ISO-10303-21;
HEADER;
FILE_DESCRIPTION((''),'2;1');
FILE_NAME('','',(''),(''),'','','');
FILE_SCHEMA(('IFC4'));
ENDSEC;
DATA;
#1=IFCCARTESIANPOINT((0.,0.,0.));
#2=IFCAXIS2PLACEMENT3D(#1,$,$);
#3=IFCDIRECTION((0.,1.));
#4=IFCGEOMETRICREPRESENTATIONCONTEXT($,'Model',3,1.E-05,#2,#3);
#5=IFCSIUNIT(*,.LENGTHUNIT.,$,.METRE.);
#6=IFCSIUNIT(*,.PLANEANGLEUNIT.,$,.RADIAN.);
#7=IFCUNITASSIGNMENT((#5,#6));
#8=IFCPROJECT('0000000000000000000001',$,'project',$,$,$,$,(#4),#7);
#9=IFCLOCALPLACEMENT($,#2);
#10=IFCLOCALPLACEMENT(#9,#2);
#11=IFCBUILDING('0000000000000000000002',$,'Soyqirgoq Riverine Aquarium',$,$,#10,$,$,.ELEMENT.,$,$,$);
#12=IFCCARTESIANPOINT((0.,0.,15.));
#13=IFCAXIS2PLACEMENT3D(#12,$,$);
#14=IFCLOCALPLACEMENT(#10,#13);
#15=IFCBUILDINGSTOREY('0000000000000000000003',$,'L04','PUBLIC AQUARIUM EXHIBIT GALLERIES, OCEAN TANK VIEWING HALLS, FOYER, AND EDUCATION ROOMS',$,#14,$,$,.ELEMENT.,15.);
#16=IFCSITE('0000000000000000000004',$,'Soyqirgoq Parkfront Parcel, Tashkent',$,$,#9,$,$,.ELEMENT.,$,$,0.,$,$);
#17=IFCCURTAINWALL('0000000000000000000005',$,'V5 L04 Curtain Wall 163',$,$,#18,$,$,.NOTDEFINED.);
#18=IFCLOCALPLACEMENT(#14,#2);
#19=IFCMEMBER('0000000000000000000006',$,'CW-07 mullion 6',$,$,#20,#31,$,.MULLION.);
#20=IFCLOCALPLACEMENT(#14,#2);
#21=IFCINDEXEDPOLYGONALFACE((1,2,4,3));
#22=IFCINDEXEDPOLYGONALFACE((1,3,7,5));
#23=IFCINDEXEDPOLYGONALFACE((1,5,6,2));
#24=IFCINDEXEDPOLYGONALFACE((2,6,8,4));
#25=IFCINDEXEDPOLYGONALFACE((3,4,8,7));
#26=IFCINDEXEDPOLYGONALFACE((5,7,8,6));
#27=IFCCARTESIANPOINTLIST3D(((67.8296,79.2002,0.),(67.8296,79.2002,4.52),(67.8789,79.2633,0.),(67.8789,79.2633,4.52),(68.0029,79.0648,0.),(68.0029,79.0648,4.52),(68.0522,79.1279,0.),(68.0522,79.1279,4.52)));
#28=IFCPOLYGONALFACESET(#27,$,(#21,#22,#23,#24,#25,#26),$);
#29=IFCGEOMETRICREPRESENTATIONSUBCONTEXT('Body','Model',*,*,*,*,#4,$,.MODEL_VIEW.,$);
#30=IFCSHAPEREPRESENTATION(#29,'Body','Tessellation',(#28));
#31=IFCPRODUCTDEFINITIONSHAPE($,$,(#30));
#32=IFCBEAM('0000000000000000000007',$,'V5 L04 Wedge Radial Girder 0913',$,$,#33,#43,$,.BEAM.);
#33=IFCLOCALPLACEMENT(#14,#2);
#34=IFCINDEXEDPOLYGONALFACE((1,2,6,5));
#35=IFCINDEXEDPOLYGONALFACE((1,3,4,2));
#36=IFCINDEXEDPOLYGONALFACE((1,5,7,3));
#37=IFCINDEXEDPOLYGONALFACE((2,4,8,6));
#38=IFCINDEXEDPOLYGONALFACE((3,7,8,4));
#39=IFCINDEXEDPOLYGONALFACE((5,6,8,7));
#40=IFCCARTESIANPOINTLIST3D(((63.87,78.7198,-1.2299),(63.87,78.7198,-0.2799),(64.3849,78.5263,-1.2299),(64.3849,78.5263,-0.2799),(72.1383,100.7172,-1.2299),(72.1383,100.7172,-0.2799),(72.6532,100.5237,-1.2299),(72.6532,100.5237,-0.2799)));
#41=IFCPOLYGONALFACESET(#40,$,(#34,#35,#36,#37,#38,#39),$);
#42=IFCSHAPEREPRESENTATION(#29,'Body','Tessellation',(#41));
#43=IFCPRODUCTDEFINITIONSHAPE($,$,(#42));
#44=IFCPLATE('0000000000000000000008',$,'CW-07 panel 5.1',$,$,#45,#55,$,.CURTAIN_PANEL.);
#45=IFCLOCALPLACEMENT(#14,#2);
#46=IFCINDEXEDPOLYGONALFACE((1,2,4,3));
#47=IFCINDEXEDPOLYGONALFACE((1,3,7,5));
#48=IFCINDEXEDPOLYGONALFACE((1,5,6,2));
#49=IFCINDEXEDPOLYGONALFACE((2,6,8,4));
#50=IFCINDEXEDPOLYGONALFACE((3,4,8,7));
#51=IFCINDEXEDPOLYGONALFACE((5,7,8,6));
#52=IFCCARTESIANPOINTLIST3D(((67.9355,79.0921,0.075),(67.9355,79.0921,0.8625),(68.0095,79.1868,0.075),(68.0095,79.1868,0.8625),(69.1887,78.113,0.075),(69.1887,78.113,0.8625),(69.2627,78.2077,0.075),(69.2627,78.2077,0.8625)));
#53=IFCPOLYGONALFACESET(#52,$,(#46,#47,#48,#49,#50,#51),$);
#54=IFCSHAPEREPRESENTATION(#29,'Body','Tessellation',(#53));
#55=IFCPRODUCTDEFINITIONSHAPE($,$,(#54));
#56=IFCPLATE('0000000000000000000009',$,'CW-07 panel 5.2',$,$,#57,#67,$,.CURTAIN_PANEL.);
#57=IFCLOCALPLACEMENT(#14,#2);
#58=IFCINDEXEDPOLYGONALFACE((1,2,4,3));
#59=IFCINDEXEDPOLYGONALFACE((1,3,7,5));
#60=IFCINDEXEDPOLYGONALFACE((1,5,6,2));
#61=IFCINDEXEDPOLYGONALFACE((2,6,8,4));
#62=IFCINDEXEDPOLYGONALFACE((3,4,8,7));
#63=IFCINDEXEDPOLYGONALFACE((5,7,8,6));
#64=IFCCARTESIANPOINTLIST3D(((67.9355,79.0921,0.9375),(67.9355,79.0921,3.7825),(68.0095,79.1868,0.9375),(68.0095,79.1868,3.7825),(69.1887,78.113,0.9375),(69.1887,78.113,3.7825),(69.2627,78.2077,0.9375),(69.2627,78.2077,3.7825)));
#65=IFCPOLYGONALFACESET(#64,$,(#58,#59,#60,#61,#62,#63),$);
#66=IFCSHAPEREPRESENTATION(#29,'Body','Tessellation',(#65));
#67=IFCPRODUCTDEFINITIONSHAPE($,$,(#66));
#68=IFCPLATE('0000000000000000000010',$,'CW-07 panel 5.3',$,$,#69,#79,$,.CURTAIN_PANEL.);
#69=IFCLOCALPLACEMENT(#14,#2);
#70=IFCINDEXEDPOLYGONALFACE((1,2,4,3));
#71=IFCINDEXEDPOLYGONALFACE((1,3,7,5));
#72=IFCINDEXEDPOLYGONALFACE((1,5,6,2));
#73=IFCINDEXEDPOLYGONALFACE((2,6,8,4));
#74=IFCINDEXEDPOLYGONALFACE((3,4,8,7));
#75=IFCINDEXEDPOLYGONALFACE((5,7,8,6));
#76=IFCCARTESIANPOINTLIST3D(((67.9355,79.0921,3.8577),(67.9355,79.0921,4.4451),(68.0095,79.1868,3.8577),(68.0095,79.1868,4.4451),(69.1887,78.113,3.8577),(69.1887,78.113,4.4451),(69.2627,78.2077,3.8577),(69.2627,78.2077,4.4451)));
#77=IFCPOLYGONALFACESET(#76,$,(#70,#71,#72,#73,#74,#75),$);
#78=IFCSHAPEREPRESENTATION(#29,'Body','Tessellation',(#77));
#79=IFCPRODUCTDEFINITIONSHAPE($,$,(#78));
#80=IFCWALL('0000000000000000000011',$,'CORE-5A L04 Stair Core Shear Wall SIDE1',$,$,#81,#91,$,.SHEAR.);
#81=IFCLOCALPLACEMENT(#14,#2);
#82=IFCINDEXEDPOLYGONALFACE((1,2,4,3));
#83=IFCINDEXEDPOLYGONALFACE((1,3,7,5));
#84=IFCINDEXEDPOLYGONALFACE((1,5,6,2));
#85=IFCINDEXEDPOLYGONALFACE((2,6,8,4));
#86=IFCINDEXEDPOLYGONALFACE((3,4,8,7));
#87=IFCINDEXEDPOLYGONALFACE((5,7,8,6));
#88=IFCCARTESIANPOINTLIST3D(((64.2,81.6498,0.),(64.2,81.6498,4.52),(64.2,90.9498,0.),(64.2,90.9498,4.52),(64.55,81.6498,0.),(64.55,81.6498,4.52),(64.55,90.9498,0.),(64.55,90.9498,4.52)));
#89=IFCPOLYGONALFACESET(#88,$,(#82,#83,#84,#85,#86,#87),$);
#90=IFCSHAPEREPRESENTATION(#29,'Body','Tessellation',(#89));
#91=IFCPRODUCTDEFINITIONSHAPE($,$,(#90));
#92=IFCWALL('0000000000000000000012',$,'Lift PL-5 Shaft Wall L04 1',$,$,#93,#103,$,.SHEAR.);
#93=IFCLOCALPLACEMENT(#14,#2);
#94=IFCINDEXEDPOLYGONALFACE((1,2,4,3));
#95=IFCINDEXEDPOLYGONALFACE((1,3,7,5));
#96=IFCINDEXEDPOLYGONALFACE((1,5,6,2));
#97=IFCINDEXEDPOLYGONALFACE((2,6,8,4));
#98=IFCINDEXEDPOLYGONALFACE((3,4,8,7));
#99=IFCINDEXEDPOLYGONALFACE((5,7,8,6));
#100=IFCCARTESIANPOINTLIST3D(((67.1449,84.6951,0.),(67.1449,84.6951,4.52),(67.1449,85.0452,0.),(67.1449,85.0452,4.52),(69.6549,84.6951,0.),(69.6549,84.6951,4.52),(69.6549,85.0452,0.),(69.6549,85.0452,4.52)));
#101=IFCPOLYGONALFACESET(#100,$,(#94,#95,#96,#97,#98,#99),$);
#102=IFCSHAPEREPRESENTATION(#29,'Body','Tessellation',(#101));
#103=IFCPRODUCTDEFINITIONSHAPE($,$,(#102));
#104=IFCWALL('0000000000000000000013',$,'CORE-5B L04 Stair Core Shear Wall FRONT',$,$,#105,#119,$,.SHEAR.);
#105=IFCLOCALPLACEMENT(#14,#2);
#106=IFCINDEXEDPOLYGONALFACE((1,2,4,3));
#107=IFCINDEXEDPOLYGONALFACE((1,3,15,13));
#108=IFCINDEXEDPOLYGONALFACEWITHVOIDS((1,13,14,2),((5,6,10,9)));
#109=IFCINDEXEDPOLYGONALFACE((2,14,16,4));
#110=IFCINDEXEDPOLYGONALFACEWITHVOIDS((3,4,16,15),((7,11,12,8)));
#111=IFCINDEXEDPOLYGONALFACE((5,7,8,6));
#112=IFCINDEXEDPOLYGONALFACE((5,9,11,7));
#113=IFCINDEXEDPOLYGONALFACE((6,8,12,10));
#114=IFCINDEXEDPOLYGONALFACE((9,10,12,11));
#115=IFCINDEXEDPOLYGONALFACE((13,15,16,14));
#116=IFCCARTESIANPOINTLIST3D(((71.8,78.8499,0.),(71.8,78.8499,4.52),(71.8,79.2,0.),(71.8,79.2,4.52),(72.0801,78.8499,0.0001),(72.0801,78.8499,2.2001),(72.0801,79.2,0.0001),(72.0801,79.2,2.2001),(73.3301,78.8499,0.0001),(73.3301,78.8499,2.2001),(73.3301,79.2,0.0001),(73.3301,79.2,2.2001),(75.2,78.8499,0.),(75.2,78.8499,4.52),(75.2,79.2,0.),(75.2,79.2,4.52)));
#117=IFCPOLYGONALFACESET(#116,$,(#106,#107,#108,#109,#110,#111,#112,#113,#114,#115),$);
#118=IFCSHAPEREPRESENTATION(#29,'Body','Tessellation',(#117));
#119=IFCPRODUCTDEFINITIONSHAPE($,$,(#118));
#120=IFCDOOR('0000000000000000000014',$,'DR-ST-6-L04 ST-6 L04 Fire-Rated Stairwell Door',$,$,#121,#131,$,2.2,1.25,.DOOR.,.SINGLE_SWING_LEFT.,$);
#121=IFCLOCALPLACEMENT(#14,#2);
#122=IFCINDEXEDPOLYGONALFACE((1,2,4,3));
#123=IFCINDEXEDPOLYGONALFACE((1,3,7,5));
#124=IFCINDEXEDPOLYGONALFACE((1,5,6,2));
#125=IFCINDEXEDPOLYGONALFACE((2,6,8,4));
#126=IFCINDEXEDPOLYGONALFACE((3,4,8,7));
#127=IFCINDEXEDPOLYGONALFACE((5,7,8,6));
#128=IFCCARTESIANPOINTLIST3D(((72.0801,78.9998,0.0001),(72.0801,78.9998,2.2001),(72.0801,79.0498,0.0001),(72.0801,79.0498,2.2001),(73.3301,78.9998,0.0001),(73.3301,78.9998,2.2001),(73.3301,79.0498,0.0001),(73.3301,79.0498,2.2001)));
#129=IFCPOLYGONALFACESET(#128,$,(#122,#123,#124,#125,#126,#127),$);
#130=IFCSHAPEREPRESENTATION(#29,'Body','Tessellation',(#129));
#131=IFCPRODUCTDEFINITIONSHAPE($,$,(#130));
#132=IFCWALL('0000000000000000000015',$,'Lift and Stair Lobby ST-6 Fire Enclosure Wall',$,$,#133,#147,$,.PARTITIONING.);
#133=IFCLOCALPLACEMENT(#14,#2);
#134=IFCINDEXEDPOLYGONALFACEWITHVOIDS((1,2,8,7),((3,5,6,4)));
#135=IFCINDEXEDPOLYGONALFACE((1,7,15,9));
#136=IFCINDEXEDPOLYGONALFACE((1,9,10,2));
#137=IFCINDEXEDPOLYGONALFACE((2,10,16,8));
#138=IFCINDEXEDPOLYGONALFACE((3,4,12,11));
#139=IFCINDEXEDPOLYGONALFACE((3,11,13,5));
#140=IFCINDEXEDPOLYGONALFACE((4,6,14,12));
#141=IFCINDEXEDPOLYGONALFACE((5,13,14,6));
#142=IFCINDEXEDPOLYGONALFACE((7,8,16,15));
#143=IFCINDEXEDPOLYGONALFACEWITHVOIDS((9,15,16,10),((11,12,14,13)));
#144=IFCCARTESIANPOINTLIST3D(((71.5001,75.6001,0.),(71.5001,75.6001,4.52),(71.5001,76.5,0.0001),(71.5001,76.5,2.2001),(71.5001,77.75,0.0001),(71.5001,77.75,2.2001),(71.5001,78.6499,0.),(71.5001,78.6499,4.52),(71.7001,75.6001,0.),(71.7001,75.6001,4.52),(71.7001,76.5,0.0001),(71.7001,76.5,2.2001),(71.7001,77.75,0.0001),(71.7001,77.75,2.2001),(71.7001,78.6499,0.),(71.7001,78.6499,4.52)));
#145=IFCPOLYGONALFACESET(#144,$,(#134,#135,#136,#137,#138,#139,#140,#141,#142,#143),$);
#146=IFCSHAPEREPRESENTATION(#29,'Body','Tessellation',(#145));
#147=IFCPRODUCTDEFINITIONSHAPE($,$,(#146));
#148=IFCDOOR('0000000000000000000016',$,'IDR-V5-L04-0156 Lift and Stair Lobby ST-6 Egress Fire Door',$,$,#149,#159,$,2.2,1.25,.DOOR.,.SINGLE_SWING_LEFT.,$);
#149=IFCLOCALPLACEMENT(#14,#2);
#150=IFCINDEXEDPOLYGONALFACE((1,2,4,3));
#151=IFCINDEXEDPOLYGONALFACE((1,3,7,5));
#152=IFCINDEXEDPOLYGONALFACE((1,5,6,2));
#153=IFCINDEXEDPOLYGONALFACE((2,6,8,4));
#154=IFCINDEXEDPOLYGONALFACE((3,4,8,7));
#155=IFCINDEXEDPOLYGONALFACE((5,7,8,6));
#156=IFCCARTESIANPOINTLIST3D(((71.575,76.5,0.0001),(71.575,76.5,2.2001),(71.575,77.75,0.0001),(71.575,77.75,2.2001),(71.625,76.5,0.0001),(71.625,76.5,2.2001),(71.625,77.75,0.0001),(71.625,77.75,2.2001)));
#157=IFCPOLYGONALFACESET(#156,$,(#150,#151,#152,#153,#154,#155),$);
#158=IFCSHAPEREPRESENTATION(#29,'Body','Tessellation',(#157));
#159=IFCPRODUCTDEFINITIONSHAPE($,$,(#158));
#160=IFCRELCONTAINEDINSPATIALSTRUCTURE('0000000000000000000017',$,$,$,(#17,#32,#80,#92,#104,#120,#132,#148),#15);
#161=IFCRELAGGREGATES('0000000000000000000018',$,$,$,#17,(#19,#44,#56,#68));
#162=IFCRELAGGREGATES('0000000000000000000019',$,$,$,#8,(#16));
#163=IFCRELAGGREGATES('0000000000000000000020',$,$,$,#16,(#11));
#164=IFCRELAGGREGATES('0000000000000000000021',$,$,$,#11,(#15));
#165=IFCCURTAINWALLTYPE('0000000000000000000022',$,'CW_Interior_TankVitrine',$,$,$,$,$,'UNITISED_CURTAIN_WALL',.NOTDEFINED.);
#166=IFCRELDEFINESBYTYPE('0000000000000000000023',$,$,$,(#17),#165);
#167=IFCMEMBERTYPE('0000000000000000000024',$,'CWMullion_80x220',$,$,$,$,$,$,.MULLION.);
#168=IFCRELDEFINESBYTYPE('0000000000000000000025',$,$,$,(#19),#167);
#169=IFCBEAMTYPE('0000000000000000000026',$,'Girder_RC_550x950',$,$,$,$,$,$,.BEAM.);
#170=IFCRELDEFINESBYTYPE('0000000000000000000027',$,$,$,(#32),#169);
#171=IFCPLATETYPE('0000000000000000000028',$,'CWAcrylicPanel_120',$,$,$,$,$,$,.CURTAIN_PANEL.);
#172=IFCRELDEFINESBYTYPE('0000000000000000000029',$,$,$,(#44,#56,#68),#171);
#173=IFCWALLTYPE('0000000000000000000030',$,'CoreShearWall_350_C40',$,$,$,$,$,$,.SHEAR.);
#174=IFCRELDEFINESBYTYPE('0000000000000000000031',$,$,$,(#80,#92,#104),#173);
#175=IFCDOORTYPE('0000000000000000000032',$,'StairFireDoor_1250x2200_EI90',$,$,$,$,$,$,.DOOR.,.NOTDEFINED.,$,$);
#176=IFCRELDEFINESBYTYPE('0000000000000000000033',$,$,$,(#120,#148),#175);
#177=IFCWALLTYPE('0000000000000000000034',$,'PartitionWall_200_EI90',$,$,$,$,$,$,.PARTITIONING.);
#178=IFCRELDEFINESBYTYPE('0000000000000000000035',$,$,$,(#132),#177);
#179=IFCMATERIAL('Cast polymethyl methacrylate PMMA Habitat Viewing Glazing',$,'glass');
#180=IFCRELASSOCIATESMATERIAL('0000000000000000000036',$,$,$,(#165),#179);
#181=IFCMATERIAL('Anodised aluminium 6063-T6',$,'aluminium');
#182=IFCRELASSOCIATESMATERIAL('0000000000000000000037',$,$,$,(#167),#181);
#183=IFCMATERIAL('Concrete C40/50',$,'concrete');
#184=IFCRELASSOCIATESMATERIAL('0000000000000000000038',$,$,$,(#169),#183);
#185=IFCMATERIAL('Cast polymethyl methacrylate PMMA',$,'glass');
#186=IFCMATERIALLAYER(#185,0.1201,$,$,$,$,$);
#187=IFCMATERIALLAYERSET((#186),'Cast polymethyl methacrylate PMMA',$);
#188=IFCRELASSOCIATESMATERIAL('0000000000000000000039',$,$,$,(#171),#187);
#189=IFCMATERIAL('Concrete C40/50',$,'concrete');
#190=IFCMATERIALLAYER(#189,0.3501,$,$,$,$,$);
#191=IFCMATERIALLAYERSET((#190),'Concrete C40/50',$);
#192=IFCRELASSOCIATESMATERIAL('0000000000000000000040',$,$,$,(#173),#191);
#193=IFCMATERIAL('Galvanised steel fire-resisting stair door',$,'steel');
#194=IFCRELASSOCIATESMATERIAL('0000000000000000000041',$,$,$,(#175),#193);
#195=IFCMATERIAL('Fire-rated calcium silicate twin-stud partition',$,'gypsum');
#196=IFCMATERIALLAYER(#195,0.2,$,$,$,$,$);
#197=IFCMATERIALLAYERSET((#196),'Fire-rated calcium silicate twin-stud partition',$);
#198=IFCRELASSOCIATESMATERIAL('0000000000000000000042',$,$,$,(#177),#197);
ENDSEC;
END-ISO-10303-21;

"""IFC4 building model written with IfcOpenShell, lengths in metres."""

from ifc_helpers import new_model, si_unit, direction, frame, frame_2d, origin, origin_2d, place, context, subcontext, project, spatial, rectangle, extrude, material, layer, layer_set, material_profile, profile_set, type_object, element, fill, aggregate, save


model = new_model("IFC4")

# Units and contexts
model_context = context("Model", 3, precision=1e-05, world=origin(), true_north=direction((0.0, 1.0)))
body_context = subcontext(model_context, "Body", "Model", "MODEL_VIEW")
ifc_project = project(units=[si_unit("LENGTHUNIT", "METRE"), si_unit("PLANEANGLEUNIT", "RADIAN")], contexts=[model_context])

# Site, building, storey
site_placement = place(None, origin())
site = spatial("IfcSite", under=ifc_project, at=site_placement, Name="Soyqirgoq Parkfront Parcel, Tashkent", CompositionType="ELEMENT", RefElevation=0.0)
building_placement = place(site_placement, origin())
building = spatial("IfcBuilding", under=site, at=building_placement, Name="Soyqirgoq Riverine Aquarium", CompositionType="ELEMENT")
storey_placement = place(building_placement, frame((0.0, 0.0, 15.0)))
storey = spatial("IfcBuildingStorey", under=building, at=storey_placement, Name="L04", Description="PUBLIC AQUARIUM EXHIBIT GALLERIES, OCEAN TANK VIEWING HALLS, FOYER, AND EDUCATION ROOMS", CompositionType="ELEMENT", Elevation=15.0)

# Curtain wall, member
ifc_material_1 = material(Name="Cast polymethyl methacrylate PMMA Habitat Viewing Glazing", Category="glass")
curtain_wall_type = type_object("IfcCurtainWallType", Name="CW_Interior_TankVitrine", ElementType="UNITISED_CURTAIN_WALL", PredefinedType="NOTDEFINED", material=ifc_material_1)
curtain_wall_placement = place(storey_placement, origin())
curtain_wall = element("IfcCurtainWall", 1, at=curtain_wall_placement, inside=storey, type_object=curtain_wall_type, Name="V5 L04 Curtain Wall 163", PredefinedType="NOTDEFINED")
ifc_material_2 = material(Name="Anodised aluminium 6063-T6", Category="aluminium")
ifc_material_profile_1 = material_profile(ifc_material_2, rectangle(XDim=0.0801, YDim=0.22, at=origin_2d()), Name="ALU-M 80x220")
ifc_profile_set_1 = profile_set([ifc_material_profile_1], Name="Anodised aluminium 6063-T6")
member_type = type_object("IfcMemberType", Name="CWMullion_80x220", PredefinedType="MULLION", material=ifc_profile_set_1)
member_placement = place(storey_placement, frame((67.9409, 79.1641, 0.0), z_axis=(0.0, 0.0, 1.0), x_axis=(-0.615661, -0.788011, 0.0)))
member = element("IfcMember", 2, at=member_placement, type_object=member_type, Name="CW-07 mullion 6", PredefinedType="MULLION", context=body_context, shape_type="SweptSolid", body=[
    extrude(rectangle(XDim=0.0801, YDim=0.22, at=origin_2d()), origin(), (0.0, 0.0, 1.0), 4.52),
])

# Beam
ifc_material_3 = material(Name="Concrete C40/50", Category="concrete")
ifc_material_profile_2 = material_profile(ifc_material_3, rectangle(XDim=0.55, YDim=0.95, at=origin_2d()), Name="RC 550x950")
ifc_profile_set_2 = profile_set([ifc_material_profile_2], Name="Concrete C40/50")
beam_type = type_object("IfcBeamType", Name="Girder_RC_550x950", PredefinedType="BEAM", material=ifc_profile_set_2)
beam_placement = place(storey_placement, frame((64.1274, 78.623, -0.7549), z_axis=(0.351844, 0.936059, 0.0), x_axis=(-0.936059, 0.351844, 0.0)))
element("IfcBeam", 3, at=beam_placement, inside=storey, type_object=beam_type, Name="V5 L04 Wedge Radial Girder 0913", PredefinedType="BEAM", context=body_context, shape_type="SweptSolid", body=[
    extrude(rectangle(XDim=0.55, YDim=0.95, at=origin_2d()), origin(), (0.0, 0.0, 1.0), 23.5),
])

# Plates
ifc_material_4 = material(Name="Cast polymethyl methacrylate PMMA", Category="glass")
ifc_layer_1 = layer(ifc_material_4, 0.1201)
ifc_layer_set_1 = layer_set([ifc_layer_1], Name="Cast polymethyl methacrylate PMMA")
plate_type = type_object("IfcPlateType", Name="CWAcrylicPanel_120", PredefinedType="CURTAIN_PANEL", material=ifc_layer_set_1)
plate_1_placement = place(storey_placement, frame((68.5991, 78.6499, 0.075), z_axis=(0.0, 0.0, 1.0), x_axis=(-0.788011, 0.615661, 0.0)))
plate_1 = element("IfcPlate", 4, at=plate_1_placement, type_object=plate_type, Name="CW-07 panel 5.1", PredefinedType="CURTAIN_PANEL", context=body_context, shape_type="SweptSolid", body=[
    extrude(rectangle(XDim=1.5903, YDim=0.1201, at=origin_2d()), origin(), (0.0, 0.0, 1.0), 0.7876),
])
plate_2_placement = place(storey_placement, frame((68.5991, 78.6499, 0.9375), z_axis=(0.0, 0.0, 1.0), x_axis=(-0.788011, 0.615661, 0.0)))
plate_2 = element("IfcPlate", 5, at=plate_2_placement, type_object=plate_type, Name="CW-07 panel 5.2", PredefinedType="CURTAIN_PANEL", context=body_context, shape_type="SweptSolid", body=[
    extrude(rectangle(XDim=1.5903, YDim=0.1201, at=origin_2d()), origin(), (0.0, 0.0, 1.0), 2.845),
])
plate_3_placement = place(storey_placement, frame((68.5991, 78.6499, 3.8577), z_axis=(0.0, 0.0, 1.0), x_axis=(-0.788011, 0.615661, 0.0)))
plate_3 = element("IfcPlate", 6, at=plate_3_placement, type_object=plate_type, Name="CW-07 panel 5.3", PredefinedType="CURTAIN_PANEL", context=body_context, shape_type="SweptSolid", body=[
    extrude(rectangle(XDim=1.5903, YDim=0.1201, at=origin_2d()), origin(), (0.0, 0.0, 1.0), 0.5874),
])
aggregate(curtain_wall, [member, plate_1, plate_2, plate_3])

# Walls
ifc_material_5 = material(Name="Concrete C40/50", Category="concrete")
ifc_layer_2 = layer(ifc_material_5, 0.3501)
ifc_layer_set_2 = layer_set([ifc_layer_2], Name="Concrete C40/50")
wall_type_1 = type_object("IfcWallType", Name="CoreShearWall_350_C40", PredefinedType="SHEAR", material=ifc_layer_set_2)
wall_1_placement = place(storey_placement, frame((64.375, 81.6499, 0.0), z_axis=(0.0, 0.0, 1.0), x_axis=(0.0, 1.0, 0.0)))
element("IfcWall", 7, at=wall_1_placement, inside=storey, type_object=wall_type_1, Name="CORE-5A L04 Stair Core Shear Wall SIDE1", PredefinedType="SHEAR", context=body_context, shape_type="SweptSolid", body=[
    extrude(rectangle(XDim=9.3, YDim=0.3501, at=frame_2d((4.6499, 0.0))), origin(), (0.0, 0.0, 1.0), 4.52),
])
wall_2_placement = place(storey_placement, frame((67.145, 84.8701, 0.0), z_axis=(0.0, 0.0, 1.0), x_axis=(1.0, 0.0, 0.0)))
element("IfcWall", 8, at=wall_2_placement, inside=storey, type_object=wall_type_1, Name="Lift PL-5 Shaft Wall L04 1", PredefinedType="SHEAR", context=body_context, shape_type="SweptSolid", body=[
    extrude(rectangle(XDim=2.51, YDim=0.3501, at=frame_2d((1.2549, 0.0))), origin(), (0.0, 0.0, 1.0), 4.52),
])

# Walls, openings, doors
wall_3_placement = place(storey_placement, frame((71.8, 79.0249, 0.0), z_axis=(0.0, 0.0, 1.0), x_axis=(1.0, 0.0, 0.0)))
wall_3 = element("IfcWall", 9, at=wall_3_placement, inside=storey, type_object=wall_type_1, Name="CORE-5B L04 Stair Core Shear Wall FRONT", PredefinedType="SHEAR", context=body_context, shape_type="SweptSolid", body=[
    extrude(rectangle(XDim=3.3999, YDim=0.3501, at=frame_2d((1.7, 0.0))), origin(), (0.0, 0.0, 1.0), 4.52),
])
opening_1_placement = place(wall_3_placement, frame((0.28, 0.0, 0.0)))
opening_1 = element("IfcOpeningElement", 10, at=opening_1_placement, cuts=wall_3, PredefinedType="OPENING", context=body_context, shape_type="SweptSolid", body=[
    extrude(rectangle(XDim=1.25, YDim=2.2, at=frame_2d((0.625, 1.1001))), frame((0.0, 0.1851, 0.0), z_axis=(0.0, -1.0, 0.0), x_axis=(1.0, 0.0, 0.0)), (0.0, 0.0, 1.0), 0.3701),
])
ifc_material_6 = material(Name="Galvanised steel fire-resisting stair door", Category="steel")
door_type = type_object("IfcDoorType", Name="StairFireDoor_1250x2200_EI90", OperationType="NOTDEFINED", PredefinedType="DOOR", material=ifc_material_6)
door_1_placement = place(opening_1_placement, origin())
door_1 = element("IfcDoor", 11, at=door_1_placement, inside=storey, type_object=door_type, Name="DR-ST-6-L04 ST-6 L04 Fire-Rated Stairwell Door", OperationType="SINGLE_SWING_LEFT", OverallHeight=2.2, OverallWidth=1.25, PredefinedType="DOOR", context=body_context, shape_type="SweptSolid", body=[
    extrude(rectangle(XDim=1.25, YDim=2.2, at=frame_2d((0.625, 1.1001))), frame((0.0, 0.0249, 0.0), z_axis=(0.0, -1.0, 0.0), x_axis=(1.0, 0.0, 0.0)), (0.0, 0.0, 1.0), 0.05),
])
fill(opening_1, door_1)
ifc_material_7 = material(Name="Fire-rated calcium silicate twin-stud partition", Category="gypsum")
ifc_layer_3 = layer(ifc_material_7, 0.2)
ifc_layer_set_3 = layer_set([ifc_layer_3], Name="Fire-rated calcium silicate twin-stud partition")
wall_type_2 = type_object("IfcWallType", Name="PartitionWall_200_EI90", PredefinedType="PARTITIONING", material=ifc_layer_set_3)
wall_4_placement = place(storey_placement, frame((71.6001, 78.6499, 0.0), z_axis=(0.0, 0.0, 1.0), x_axis=(0.0, -1.0, 0.0)))
wall_4 = element("IfcWall", 12, at=wall_4_placement, inside=storey, type_object=wall_type_2, Name="Lift and Stair Lobby ST-6 Fire Enclosure Wall", PredefinedType="PARTITIONING", context=body_context, shape_type="SweptSolid", body=[
    extrude(rectangle(XDim=3.0498, YDim=0.2, at=frame_2d((1.5249, 0.0))), origin(), (0.0, 0.0, 1.0), 4.52),
])
opening_2_placement = place(wall_4_placement, frame((0.8999, 0.0, 0.0)))
opening_2 = element("IfcOpeningElement", 13, at=opening_2_placement, cuts=wall_4, PredefinedType="OPENING", context=body_context, shape_type="SweptSolid", body=[
    extrude(rectangle(XDim=1.25, YDim=2.2, at=frame_2d((0.625, 1.1001))), frame((0.0, 0.1099, 0.0), z_axis=(0.0, -1.0, 0.0), x_axis=(1.0, 0.0, 0.0)), (0.0, 0.0, 1.0), 0.22),
])
door_2_placement = place(opening_2_placement, origin())
door_2 = element("IfcDoor", 14, at=door_2_placement, inside=storey, type_object=door_type, Name="IDR-V5-L04-0156 Lift and Stair Lobby ST-6 Egress Fire Door", OperationType="SINGLE_SWING_LEFT", OverallHeight=2.2, OverallWidth=1.25, PredefinedType="DOOR", context=body_context, shape_type="SweptSolid", body=[
    extrude(rectangle(XDim=1.25, YDim=2.2, at=frame_2d((0.625, 1.1001))), frame((0.0, 0.0249, 0.0), z_axis=(0.0, -1.0, 0.0), x_axis=(1.0, 0.0, 0.0)), (0.0, 0.0, 1.0), 0.05),
])
fill(opening_2, door_2)

save(model, "model.ifc")
